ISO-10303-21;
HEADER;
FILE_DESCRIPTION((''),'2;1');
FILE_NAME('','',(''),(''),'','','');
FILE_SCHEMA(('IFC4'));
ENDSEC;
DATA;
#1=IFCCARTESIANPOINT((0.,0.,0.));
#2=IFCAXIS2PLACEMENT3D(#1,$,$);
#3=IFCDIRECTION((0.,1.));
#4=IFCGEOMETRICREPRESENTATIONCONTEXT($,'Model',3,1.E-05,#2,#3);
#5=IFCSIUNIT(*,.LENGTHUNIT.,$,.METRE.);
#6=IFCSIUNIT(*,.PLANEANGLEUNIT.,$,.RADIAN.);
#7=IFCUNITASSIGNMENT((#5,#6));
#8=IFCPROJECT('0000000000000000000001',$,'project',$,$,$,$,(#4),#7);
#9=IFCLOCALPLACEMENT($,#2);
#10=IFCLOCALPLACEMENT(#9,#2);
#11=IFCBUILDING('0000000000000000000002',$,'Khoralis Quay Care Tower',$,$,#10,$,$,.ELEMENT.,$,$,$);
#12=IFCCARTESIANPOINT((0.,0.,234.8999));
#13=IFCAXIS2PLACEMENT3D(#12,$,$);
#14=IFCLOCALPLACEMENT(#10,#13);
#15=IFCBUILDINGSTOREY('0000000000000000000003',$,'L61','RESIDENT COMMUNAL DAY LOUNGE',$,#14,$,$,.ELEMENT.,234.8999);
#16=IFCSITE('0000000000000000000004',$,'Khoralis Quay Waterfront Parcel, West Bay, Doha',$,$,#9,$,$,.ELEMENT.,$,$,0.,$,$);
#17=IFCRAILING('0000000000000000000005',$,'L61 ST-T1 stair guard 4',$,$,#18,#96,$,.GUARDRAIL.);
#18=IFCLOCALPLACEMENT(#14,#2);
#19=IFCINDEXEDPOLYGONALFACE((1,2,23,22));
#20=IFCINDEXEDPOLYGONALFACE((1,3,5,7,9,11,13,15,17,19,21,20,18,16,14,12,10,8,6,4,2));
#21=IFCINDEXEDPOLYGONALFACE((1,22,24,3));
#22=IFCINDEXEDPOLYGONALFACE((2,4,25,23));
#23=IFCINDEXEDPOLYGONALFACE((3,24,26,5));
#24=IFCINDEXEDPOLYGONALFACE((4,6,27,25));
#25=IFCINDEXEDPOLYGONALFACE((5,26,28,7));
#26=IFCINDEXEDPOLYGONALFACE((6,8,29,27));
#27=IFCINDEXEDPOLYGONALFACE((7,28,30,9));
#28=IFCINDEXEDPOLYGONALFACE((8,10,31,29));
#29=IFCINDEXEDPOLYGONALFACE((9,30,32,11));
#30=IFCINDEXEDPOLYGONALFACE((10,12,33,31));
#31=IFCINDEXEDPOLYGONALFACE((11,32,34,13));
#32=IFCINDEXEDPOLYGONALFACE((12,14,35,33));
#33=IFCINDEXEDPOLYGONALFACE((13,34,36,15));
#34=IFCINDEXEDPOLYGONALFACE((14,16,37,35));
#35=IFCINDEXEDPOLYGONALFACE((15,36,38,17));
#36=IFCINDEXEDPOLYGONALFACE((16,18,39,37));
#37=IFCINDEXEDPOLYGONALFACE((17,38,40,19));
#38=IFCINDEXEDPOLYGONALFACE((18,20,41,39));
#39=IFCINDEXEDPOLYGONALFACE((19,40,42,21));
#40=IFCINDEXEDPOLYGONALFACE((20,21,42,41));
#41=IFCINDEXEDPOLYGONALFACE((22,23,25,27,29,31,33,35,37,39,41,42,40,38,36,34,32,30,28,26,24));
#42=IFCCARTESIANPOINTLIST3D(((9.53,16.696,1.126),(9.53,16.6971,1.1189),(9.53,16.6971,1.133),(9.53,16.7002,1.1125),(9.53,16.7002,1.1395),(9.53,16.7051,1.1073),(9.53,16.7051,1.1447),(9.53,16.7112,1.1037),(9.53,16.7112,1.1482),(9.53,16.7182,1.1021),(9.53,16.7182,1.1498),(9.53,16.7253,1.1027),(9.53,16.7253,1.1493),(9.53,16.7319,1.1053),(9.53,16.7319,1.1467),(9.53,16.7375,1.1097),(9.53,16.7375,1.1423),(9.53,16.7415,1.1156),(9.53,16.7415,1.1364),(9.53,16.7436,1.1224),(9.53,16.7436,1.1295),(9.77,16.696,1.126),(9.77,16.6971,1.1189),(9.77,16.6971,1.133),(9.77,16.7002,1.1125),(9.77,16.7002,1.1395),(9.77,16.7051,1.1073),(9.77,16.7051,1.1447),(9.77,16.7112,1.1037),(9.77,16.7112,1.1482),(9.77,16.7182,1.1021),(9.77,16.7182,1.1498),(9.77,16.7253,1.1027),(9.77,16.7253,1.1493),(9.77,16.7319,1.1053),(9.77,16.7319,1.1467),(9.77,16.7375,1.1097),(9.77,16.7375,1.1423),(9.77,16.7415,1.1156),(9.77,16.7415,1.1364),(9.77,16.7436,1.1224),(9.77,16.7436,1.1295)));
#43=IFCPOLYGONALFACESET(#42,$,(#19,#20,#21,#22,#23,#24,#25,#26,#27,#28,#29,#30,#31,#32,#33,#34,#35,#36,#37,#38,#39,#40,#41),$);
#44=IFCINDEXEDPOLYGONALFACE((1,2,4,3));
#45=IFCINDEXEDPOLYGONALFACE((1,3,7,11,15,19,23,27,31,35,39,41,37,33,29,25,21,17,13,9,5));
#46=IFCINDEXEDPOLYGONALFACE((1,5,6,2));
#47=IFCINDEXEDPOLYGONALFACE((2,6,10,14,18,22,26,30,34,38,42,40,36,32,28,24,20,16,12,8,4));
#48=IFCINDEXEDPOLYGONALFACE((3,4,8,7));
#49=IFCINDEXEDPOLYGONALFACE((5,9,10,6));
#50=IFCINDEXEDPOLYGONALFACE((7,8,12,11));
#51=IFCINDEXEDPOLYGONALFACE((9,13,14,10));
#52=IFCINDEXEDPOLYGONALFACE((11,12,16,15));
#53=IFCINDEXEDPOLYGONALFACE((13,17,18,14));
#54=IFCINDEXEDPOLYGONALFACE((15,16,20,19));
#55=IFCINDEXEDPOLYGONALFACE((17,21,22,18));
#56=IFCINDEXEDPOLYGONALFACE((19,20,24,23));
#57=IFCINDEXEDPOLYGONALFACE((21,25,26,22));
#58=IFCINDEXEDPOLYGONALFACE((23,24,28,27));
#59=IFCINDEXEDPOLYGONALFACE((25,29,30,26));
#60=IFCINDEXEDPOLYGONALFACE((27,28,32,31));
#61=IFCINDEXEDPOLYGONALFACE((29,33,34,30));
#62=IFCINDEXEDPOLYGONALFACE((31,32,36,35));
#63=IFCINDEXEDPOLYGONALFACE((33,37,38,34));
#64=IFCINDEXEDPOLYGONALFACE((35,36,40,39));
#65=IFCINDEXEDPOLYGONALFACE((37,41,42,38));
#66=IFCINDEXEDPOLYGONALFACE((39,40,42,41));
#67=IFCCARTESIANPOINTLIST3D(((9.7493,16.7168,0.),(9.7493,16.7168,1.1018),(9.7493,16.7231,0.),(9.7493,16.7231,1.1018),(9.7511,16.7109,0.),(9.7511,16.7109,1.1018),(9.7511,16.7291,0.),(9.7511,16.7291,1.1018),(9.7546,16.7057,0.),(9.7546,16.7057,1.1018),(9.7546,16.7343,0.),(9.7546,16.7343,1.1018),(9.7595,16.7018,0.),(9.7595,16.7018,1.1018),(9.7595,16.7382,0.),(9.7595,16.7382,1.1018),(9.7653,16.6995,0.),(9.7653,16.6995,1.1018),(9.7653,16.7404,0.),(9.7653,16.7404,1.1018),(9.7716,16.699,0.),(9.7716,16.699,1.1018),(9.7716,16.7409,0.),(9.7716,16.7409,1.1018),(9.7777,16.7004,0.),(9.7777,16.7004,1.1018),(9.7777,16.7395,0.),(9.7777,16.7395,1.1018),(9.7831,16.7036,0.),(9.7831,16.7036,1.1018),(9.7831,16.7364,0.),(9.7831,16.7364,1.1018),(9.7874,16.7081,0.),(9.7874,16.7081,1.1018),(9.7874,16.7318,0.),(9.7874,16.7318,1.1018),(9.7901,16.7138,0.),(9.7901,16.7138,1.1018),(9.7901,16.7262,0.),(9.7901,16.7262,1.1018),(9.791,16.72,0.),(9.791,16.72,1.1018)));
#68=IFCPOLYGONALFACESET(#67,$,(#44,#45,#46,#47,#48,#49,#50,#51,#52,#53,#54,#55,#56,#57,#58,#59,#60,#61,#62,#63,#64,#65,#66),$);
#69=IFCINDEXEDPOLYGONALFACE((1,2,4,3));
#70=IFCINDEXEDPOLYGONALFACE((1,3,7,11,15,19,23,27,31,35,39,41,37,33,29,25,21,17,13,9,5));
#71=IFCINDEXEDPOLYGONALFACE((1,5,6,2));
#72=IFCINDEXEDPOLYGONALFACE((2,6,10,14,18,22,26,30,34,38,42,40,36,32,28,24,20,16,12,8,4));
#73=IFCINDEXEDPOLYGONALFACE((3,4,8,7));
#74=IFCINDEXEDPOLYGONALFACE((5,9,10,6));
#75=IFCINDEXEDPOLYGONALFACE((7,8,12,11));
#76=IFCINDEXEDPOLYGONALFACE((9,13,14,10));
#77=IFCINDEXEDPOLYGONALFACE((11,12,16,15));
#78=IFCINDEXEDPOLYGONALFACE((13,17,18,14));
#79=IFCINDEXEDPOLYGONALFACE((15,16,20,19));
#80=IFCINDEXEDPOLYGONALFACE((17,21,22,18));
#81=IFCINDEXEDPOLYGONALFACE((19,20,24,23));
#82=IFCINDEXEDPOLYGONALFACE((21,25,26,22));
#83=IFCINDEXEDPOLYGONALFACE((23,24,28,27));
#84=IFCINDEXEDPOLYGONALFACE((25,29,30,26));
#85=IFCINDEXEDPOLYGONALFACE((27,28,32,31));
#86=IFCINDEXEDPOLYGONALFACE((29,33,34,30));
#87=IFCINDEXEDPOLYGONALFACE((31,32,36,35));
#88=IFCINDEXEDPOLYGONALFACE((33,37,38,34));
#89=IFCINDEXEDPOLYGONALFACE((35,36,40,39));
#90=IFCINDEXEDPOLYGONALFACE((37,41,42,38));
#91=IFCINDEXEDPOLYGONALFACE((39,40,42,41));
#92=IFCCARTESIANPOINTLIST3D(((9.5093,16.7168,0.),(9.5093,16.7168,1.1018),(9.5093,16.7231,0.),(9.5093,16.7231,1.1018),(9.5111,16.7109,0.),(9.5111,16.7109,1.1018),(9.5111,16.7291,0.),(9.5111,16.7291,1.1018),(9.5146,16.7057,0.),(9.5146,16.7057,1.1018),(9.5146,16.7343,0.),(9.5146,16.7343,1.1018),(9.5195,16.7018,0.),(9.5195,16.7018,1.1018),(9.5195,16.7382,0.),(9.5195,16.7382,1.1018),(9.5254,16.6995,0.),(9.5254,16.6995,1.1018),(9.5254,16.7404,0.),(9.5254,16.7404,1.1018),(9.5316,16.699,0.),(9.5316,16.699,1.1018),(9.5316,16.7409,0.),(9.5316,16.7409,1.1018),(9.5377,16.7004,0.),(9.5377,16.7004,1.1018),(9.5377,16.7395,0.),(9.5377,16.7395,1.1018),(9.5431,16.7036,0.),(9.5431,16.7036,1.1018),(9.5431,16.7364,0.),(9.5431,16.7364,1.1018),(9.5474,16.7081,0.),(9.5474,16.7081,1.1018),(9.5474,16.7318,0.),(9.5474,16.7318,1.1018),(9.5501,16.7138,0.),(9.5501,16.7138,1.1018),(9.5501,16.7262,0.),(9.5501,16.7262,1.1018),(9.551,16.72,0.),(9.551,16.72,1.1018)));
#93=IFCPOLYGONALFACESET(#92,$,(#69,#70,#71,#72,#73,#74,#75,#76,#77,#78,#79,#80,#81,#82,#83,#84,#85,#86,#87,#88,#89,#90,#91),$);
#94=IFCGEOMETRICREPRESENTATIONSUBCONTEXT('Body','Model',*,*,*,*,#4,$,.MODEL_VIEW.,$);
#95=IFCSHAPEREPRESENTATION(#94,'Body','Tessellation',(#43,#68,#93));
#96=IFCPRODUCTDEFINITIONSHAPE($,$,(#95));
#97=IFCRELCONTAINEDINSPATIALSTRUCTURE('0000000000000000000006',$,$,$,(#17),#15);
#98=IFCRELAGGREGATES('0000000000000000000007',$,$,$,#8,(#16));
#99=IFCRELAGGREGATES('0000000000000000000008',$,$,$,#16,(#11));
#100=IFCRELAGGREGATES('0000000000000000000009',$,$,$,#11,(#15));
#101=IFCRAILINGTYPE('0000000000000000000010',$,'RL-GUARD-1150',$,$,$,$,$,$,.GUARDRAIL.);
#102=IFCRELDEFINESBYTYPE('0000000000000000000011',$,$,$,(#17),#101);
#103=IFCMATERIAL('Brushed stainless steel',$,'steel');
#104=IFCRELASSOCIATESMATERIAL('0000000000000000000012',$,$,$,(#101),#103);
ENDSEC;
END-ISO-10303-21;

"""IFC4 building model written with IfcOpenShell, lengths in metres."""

from ifc_helpers import new_model, si_unit, direction, frame, origin, origin_2d, place, context, subcontext, project, spatial, circle, extrude, material, type_object, element, save


model = new_model("IFC4")

# Units and contexts
model_context = context("Model", 3, precision=1e-05, world=origin(), true_north=direction((0.0, 1.0)))
body_context = subcontext(model_context, "Body", "Model", "MODEL_VIEW")
ifc_project = project(units=[si_unit("LENGTHUNIT", "METRE"), si_unit("PLANEANGLEUNIT", "RADIAN")], contexts=[model_context])

# Site, building, storey
site_placement = place(None, origin())
site = spatial("IfcSite", under=ifc_project, at=site_placement, Name="Khoralis Quay Waterfront Parcel, West Bay, Doha", CompositionType="ELEMENT", RefElevation=0.0)
building_placement = place(site_placement, origin())
building = spatial("IfcBuilding", under=site, at=building_placement, Name="Khoralis Quay Care Tower", CompositionType="ELEMENT")
storey_placement = place(building_placement, frame((0.0, 0.0, 234.8999)))
storey = spatial("IfcBuildingStorey", under=building, at=storey_placement, Name="L61", Description="RESIDENT COMMUNAL DAY LOUNGE", CompositionType="ELEMENT", Elevation=234.8999)

# Shared definitions
ifc_material_1 = material(Name="Brushed stainless steel", Category="steel")

# Railing
railing_type = type_object("IfcRailingType", Name="RL-GUARD-1150", PredefinedType="GUARDRAIL", material=ifc_material_1)
railing_1_placement = place(storey_placement, frame((9.77, 16.72, 0.0)))
element("IfcRailing", 1, at=railing_1_placement, inside=storey, type_object=railing_type, Name="L61 ST-T1 stair guard 4", PredefinedType="GUARDRAIL", context=body_context, shape_type="SweptSolid", body=[
    extrude(circle(Radius=0.0239, at=origin_2d()), frame((0.0, 0.0, 1.126), z_axis=(-1.0, 0.0, 0.0), x_axis=(0.0, -1.0, 0.0)), (0.0, 0.0, 1.0), 0.24),
    extrude(circle(Radius=0.021, at=origin_2d()), origin(), (0.0, 0.0, 1.0), 1.1018),
    extrude(circle(Radius=0.021, at=origin_2d()), frame((-0.24, 0.0, 0.0)), (0.0, 0.0, 1.0), 1.1018),
])

save(model, "model.ifc")
